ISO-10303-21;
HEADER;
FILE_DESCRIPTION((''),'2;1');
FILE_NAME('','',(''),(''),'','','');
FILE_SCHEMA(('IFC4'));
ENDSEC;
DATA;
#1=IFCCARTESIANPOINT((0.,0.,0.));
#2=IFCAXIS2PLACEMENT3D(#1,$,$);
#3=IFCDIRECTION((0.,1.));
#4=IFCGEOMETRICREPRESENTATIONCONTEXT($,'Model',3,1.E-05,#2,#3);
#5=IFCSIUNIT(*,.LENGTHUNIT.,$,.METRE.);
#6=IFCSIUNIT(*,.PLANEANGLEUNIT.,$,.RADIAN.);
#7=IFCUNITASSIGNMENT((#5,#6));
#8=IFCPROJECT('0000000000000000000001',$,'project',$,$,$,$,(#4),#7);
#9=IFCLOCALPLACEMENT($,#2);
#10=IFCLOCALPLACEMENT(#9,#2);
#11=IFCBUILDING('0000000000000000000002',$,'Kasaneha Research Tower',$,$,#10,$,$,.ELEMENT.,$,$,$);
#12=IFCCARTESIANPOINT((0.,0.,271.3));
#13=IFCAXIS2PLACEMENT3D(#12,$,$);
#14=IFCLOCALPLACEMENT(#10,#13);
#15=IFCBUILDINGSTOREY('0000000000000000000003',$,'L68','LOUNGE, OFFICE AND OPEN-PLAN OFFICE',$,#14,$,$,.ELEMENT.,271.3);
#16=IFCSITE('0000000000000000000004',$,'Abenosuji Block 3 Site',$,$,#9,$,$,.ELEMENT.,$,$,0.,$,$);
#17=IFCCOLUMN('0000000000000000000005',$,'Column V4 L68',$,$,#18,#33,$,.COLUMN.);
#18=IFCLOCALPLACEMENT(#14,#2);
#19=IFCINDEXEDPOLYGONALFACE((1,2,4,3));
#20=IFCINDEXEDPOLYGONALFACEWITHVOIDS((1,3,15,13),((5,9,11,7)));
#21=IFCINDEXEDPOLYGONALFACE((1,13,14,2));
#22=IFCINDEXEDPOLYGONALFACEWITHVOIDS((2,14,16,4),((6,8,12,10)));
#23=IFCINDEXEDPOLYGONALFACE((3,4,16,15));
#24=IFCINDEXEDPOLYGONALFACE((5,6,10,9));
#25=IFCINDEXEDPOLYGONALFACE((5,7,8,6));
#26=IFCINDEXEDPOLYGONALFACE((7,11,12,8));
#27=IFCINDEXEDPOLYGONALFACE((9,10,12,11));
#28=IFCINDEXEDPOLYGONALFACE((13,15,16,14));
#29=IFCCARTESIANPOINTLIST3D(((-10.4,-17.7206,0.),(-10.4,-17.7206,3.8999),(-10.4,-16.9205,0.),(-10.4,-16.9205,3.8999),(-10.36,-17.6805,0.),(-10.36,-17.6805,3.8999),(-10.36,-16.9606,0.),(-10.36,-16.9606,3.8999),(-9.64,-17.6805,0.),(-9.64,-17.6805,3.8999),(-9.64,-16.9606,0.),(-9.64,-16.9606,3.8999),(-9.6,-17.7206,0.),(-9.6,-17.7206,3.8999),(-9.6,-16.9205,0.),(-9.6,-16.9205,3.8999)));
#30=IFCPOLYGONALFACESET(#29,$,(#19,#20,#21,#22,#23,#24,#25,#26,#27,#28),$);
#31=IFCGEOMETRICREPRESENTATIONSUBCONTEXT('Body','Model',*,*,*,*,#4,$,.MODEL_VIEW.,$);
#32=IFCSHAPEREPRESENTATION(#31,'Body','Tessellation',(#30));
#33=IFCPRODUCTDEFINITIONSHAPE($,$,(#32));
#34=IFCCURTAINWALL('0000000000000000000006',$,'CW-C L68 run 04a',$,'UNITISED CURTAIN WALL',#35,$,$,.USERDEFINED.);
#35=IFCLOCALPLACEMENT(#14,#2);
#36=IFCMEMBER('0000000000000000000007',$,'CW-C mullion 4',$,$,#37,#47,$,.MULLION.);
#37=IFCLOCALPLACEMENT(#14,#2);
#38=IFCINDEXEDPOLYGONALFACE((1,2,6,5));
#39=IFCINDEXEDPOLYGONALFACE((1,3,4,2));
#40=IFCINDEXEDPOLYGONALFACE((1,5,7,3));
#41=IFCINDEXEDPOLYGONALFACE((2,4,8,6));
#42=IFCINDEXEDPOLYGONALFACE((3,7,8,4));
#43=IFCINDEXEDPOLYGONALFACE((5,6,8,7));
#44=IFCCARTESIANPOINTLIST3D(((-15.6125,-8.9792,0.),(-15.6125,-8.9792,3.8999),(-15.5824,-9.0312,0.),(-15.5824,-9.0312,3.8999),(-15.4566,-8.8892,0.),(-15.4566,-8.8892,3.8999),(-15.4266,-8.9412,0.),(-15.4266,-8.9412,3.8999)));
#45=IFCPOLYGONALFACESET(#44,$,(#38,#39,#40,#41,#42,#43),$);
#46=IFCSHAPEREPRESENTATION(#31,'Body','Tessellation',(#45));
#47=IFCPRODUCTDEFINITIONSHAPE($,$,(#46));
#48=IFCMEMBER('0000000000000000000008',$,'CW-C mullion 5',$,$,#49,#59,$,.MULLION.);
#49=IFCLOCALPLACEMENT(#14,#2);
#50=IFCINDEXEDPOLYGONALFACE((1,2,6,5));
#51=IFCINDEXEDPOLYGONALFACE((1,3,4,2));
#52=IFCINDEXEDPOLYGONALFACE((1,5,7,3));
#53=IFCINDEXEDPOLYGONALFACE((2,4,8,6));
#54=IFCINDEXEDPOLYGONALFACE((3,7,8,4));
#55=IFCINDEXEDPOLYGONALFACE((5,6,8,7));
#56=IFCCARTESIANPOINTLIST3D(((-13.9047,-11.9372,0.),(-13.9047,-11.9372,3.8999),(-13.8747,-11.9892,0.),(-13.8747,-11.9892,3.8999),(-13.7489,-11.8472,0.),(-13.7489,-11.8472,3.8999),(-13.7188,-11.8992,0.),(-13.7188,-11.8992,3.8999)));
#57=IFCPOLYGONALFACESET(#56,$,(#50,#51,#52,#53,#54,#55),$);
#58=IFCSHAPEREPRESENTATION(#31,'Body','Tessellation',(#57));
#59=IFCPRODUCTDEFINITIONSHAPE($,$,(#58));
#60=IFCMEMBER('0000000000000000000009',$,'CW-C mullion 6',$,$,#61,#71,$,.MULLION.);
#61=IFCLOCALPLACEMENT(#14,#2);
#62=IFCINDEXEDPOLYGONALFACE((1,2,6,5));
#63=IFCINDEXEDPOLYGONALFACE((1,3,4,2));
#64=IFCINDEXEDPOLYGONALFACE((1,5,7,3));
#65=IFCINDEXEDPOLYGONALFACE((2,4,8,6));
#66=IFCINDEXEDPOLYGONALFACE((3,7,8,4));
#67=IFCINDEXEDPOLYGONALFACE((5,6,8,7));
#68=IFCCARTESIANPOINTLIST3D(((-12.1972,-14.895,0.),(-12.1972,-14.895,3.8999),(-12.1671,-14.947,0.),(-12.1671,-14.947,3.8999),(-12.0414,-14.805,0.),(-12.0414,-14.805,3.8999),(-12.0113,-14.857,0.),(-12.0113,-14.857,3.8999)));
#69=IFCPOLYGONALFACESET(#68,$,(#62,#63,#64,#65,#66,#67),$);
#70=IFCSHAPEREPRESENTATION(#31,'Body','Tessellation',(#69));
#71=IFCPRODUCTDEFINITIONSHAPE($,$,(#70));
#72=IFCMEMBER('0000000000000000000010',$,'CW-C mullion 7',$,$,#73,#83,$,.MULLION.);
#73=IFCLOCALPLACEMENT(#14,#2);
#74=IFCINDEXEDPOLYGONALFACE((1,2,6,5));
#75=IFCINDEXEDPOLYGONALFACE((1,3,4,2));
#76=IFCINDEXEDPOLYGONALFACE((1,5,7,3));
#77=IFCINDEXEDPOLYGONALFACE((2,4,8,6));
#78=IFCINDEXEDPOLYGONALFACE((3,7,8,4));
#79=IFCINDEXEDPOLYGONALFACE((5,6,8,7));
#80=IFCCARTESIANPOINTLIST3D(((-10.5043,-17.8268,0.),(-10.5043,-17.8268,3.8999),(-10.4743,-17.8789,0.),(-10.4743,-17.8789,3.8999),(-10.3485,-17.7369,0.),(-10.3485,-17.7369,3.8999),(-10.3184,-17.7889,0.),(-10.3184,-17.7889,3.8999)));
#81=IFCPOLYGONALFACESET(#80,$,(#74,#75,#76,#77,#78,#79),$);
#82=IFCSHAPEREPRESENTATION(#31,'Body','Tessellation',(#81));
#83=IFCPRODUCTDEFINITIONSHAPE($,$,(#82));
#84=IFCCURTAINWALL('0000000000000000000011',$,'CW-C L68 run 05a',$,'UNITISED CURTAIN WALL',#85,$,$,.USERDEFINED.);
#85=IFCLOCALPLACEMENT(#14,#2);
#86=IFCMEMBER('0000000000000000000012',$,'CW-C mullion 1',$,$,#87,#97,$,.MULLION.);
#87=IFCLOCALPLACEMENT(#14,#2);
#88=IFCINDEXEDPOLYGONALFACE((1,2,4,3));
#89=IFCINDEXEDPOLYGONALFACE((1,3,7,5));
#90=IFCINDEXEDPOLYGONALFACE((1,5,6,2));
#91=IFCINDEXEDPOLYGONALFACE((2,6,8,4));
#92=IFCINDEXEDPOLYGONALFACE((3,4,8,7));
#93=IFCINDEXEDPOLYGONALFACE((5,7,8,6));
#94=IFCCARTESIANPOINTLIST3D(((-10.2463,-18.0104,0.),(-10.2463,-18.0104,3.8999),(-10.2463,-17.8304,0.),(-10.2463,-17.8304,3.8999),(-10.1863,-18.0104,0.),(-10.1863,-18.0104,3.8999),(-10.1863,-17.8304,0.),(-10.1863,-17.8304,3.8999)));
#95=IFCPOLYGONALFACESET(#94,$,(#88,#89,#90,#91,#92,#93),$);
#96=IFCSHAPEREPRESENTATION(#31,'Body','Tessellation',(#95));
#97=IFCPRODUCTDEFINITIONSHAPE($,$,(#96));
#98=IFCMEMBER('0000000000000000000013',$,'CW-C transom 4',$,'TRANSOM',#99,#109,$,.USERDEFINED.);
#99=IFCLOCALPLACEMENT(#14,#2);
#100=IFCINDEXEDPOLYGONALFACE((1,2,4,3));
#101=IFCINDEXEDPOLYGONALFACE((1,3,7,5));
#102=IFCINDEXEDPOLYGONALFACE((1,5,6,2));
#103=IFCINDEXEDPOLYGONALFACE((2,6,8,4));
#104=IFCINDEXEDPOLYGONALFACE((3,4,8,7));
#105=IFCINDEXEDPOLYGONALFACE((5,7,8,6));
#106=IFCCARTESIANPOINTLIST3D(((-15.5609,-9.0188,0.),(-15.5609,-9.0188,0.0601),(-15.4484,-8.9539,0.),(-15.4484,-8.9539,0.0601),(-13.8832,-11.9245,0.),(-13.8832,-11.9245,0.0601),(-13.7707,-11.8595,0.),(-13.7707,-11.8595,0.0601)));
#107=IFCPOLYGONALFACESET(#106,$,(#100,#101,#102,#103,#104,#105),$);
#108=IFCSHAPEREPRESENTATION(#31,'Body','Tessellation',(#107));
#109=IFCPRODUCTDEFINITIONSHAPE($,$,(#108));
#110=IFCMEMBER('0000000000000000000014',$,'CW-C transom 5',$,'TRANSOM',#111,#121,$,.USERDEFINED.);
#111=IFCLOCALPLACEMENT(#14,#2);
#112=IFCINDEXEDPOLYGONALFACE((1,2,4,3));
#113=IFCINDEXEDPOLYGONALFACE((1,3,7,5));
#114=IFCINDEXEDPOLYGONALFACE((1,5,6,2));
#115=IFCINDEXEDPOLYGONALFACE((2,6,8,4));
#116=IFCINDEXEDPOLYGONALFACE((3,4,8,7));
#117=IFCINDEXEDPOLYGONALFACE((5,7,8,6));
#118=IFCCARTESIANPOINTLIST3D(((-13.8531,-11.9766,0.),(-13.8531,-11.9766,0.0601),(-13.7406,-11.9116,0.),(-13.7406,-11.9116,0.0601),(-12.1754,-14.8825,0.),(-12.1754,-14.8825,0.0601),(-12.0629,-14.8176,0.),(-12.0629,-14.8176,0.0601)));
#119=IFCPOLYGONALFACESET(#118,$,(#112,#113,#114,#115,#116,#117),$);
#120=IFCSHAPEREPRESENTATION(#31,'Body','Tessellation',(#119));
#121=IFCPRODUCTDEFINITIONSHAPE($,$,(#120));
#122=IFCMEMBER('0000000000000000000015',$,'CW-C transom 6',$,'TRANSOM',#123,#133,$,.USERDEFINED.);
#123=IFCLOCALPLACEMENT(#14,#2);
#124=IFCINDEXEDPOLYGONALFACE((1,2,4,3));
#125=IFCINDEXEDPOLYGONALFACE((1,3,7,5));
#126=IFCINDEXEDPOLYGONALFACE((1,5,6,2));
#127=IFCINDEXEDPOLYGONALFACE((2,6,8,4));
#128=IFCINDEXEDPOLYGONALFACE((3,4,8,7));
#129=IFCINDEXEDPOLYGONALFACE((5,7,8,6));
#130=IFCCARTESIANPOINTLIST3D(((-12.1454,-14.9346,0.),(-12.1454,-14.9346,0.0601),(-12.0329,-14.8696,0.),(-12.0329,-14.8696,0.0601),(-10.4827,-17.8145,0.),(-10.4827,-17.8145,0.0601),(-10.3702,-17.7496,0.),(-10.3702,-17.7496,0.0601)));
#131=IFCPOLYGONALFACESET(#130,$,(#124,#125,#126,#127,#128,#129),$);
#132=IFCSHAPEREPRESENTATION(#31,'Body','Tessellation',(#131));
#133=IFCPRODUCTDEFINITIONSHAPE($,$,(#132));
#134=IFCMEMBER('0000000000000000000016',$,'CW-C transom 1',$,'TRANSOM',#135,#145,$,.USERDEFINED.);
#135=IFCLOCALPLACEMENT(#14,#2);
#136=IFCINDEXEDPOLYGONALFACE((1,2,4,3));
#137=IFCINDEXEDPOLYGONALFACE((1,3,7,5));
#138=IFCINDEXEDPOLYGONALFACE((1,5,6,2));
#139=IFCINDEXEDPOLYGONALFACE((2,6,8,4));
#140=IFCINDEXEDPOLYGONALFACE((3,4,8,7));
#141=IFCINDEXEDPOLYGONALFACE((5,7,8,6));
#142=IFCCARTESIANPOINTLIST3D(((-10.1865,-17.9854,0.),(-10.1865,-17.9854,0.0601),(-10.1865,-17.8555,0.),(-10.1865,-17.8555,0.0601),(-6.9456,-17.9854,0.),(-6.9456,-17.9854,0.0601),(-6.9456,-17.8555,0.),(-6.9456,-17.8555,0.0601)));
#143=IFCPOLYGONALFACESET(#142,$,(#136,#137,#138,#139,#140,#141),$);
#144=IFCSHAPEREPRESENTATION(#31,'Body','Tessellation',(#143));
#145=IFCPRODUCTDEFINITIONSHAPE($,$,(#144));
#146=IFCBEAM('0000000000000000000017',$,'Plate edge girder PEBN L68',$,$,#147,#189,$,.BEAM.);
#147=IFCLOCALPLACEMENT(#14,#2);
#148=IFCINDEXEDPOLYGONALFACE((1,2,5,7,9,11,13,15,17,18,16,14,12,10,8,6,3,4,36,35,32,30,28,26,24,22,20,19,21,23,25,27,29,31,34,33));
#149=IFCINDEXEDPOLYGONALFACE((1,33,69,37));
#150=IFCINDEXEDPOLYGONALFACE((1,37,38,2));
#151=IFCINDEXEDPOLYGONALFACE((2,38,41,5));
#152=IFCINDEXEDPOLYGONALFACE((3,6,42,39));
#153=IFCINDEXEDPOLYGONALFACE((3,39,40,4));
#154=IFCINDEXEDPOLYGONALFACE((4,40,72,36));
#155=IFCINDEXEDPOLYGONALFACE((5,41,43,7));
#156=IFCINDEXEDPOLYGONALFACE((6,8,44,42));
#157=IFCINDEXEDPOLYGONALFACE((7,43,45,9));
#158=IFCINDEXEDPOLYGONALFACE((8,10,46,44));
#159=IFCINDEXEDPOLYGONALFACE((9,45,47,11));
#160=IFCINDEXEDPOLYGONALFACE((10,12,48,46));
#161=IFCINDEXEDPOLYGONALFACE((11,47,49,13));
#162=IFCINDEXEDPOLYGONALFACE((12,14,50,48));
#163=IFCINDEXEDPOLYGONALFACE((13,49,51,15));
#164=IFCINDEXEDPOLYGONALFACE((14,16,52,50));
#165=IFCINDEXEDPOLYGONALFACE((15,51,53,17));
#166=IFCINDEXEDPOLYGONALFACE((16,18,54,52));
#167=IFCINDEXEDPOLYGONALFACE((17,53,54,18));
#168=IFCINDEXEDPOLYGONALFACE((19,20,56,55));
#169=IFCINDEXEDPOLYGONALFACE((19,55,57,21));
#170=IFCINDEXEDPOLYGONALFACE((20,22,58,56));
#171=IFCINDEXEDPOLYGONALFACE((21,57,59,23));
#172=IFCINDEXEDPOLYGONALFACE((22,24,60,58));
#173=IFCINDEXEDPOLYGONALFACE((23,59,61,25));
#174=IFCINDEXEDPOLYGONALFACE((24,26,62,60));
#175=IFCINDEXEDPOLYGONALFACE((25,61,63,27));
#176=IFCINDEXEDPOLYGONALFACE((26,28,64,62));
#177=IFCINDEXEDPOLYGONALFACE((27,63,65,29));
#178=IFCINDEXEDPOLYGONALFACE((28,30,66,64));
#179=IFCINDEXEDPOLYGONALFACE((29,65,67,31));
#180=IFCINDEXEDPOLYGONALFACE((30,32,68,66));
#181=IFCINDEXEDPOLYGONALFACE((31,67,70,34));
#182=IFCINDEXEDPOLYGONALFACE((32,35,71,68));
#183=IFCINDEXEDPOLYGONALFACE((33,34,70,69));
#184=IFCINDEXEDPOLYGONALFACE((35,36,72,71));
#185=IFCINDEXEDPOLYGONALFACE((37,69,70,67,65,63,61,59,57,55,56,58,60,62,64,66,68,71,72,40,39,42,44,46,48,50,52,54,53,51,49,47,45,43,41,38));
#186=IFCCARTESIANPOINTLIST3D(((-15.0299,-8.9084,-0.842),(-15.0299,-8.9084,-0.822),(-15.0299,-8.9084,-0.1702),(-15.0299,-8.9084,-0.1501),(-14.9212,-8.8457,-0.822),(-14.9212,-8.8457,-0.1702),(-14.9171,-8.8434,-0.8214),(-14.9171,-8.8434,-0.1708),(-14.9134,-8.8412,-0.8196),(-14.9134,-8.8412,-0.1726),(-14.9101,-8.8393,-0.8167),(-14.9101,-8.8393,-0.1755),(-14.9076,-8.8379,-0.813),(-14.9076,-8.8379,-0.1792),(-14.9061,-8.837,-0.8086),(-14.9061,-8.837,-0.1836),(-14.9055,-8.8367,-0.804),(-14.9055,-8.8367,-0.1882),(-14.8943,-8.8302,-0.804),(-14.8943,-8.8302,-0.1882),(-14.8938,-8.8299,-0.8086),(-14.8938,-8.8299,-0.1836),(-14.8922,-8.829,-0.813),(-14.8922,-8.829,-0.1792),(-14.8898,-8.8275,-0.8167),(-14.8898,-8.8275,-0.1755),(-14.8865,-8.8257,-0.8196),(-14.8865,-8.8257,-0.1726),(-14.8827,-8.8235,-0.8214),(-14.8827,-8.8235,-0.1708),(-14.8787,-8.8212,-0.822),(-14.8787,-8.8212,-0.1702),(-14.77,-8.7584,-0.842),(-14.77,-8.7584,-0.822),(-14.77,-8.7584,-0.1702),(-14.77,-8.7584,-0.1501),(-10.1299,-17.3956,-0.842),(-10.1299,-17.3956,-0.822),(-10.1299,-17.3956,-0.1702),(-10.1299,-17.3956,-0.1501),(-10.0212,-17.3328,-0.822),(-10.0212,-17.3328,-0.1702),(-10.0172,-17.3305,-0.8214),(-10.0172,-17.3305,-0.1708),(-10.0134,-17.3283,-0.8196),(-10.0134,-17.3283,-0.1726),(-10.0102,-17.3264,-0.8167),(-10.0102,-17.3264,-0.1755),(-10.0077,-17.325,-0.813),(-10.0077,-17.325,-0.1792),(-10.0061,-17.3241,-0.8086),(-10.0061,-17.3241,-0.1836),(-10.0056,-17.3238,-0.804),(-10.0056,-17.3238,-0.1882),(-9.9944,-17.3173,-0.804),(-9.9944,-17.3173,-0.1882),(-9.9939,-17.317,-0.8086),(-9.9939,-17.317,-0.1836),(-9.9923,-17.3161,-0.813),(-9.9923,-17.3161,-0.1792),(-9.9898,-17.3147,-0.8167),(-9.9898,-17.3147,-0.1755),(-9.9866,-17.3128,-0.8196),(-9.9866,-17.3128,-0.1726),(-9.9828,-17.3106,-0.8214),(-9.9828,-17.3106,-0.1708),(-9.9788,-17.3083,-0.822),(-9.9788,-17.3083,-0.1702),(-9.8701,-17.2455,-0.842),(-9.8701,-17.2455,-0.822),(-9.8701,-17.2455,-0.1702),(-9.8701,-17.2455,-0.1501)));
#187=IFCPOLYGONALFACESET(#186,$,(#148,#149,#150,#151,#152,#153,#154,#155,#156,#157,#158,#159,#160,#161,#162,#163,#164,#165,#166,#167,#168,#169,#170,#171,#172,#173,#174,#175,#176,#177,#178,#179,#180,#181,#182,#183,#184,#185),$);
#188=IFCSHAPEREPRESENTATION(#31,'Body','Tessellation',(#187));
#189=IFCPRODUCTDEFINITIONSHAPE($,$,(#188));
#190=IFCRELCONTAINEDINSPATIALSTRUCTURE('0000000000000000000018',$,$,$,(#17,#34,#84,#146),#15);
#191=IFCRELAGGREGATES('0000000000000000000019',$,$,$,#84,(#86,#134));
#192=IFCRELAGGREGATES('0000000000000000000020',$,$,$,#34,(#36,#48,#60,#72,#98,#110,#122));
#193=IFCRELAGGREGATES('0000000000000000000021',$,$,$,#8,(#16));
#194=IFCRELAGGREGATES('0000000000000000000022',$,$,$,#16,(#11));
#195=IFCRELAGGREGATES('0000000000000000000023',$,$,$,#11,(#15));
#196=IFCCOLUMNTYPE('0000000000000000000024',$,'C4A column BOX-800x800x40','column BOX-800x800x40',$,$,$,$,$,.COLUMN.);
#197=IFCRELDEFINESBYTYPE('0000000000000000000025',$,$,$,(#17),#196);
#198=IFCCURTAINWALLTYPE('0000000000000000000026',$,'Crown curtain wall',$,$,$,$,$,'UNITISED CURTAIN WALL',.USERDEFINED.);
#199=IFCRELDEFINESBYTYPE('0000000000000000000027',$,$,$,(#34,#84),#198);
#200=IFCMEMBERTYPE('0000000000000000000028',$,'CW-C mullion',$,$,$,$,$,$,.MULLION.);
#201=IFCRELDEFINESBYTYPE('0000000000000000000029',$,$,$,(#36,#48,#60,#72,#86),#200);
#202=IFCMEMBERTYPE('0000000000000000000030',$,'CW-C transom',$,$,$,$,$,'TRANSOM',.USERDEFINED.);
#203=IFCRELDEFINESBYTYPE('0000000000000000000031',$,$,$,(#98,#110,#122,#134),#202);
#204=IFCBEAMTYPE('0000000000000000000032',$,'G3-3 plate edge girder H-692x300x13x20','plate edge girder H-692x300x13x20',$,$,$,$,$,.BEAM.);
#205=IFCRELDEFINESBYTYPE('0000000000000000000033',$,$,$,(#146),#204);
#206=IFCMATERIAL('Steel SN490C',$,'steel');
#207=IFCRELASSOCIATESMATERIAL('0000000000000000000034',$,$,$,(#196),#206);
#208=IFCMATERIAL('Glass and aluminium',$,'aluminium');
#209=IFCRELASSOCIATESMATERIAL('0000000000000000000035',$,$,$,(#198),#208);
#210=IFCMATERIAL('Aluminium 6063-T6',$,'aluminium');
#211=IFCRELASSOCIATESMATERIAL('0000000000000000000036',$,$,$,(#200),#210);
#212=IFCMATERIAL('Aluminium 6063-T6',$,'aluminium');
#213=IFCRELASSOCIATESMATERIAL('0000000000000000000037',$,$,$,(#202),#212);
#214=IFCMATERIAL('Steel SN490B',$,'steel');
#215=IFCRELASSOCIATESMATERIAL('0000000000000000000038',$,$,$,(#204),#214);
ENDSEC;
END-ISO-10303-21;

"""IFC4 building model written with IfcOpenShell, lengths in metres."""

from ifc_helpers import new_model, si_unit, direction, frame, origin, origin_2d, place, context, subcontext, project, spatial, rectangle, hollow_rectangle, i_section, extrude, material, material_profile, profile_set, type_object, element, aggregate, save


model = new_model("IFC4")

# Units and contexts
model_context = context("Model", 3, precision=1e-05, world=origin(), true_north=direction((0.0, 1.0)))
body_context = subcontext(model_context, "Body", "Model", "MODEL_VIEW")
ifc_project = project(units=[si_unit("LENGTHUNIT", "METRE"), si_unit("PLANEANGLEUNIT", "RADIAN")], contexts=[model_context])

# Site, building, storey
site_placement = place(None, origin())
site = spatial("IfcSite", under=ifc_project, at=site_placement, Name="Abenosuji Block 3 Site", CompositionType="ELEMENT", RefElevation=0.0)
building_placement = place(site_placement, origin())
building = spatial("IfcBuilding", under=site, at=building_placement, Name="Kasaneha Research Tower", CompositionType="ELEMENT")
storey_placement = place(building_placement, frame((0.0, 0.0, 271.3)))
storey = spatial("IfcBuildingStorey", under=building, at=storey_placement, Name="L68", Description="LOUNGE, OFFICE AND OPEN-PLAN OFFICE", CompositionType="ELEMENT", Elevation=271.3)

# Column
ifc_material_1 = material(Name="Steel SN490C", Category="steel")
ifc_material_profile_1 = material_profile(ifc_material_1, hollow_rectangle(XDim=0.8, YDim=0.8, WallThickness=0.04, at=origin_2d()), Name="BOX-800x800x40")
ifc_profile_set_1 = profile_set([ifc_material_profile_1], Name="Steel SN490C")
column_type = type_object("IfcColumnType", Name="C4A column BOX-800x800x40", Description="column BOX-800x800x40", PredefinedType="COLUMN", material=ifc_profile_set_1)
column_placement = place(storey_placement, frame((-10.0, -17.3206, 0.0), z_axis=(0.0, 0.0, 1.0), x_axis=(1.0, 0.0, 0.0)))
element("IfcColumn", 1, at=column_placement, inside=storey, type_object=column_type, Name="Column V4 L68", PredefinedType="COLUMN", context=body_context, shape_type="SweptSolid", body=[
    extrude(hollow_rectangle(XDim=0.8, YDim=0.8, WallThickness=0.04, at=origin_2d()), origin(), (0.0, 0.0, 1.0), 3.8999),
])

# Curtain wall, members
ifc_material_2 = material(Name="Glass and aluminium", Category="aluminium")
curtain_wall_type = type_object("IfcCurtainWallType", Name="Crown curtain wall", ElementType="UNITISED CURTAIN WALL", PredefinedType="USERDEFINED", material=ifc_material_2)
curtain_wall_1_placement = place(storey_placement, origin())
curtain_wall_1 = element("IfcCurtainWall", 2, at=curtain_wall_1_placement, inside=storey, type_object=curtain_wall_type, Name="CW-C L68 run 04a", ObjectType="UNITISED CURTAIN WALL", PredefinedType="USERDEFINED")
ifc_material_3 = material(Name="Aluminium 6063-T6", Category="aluminium")
ifc_material_profile_2 = material_profile(ifc_material_3, rectangle(XDim=0.0601, YDim=0.1799, at=origin_2d()), Name="CW-C mullion 60x180")
ifc_profile_set_2 = profile_set([ifc_material_profile_2], Name="Aluminium 6063-T6")
member_type_1 = type_object("IfcMemberType", Name="CW-C mullion", PredefinedType="MULLION", material=ifc_profile_set_2)
member_1_placement = place(storey_placement, frame((-15.5195, -8.9602, 0.0), z_axis=(0.0, 0.0, 1.0), x_axis=(0.5, -0.866025, 0.0)))
member_1 = element("IfcMember", 3, at=member_1_placement, type_object=member_type_1, Name="CW-C mullion 4", PredefinedType="MULLION", context=body_context, shape_type="SweptSolid", body=[
    extrude(rectangle(XDim=0.0601, YDim=0.1799, at=origin_2d()), origin(), (0.0, 0.0, 1.0), 3.8999),
])
member_2_placement = place(storey_placement, frame((-13.8118, -11.9182, 0.0), z_axis=(0.0, 0.0, 1.0), x_axis=(0.5, -0.866025, 0.0)))
member_2 = element("IfcMember", 4, at=member_2_placement, type_object=member_type_1, Name="CW-C mullion 5", PredefinedType="MULLION", context=body_context, shape_type="SweptSolid", body=[
    extrude(rectangle(XDim=0.0601, YDim=0.1799, at=origin_2d()), origin(), (0.0, 0.0, 1.0), 3.8999),
])
member_3_placement = place(storey_placement, frame((-12.1042, -14.876, 0.0), z_axis=(0.0, 0.0, 1.0), x_axis=(0.5, -0.866025, 0.0)))
member_3 = element("IfcMember", 5, at=member_3_placement, type_object=member_type_1, Name="CW-C mullion 6", PredefinedType="MULLION", context=body_context, shape_type="SweptSolid", body=[
    extrude(rectangle(XDim=0.0601, YDim=0.1799, at=origin_2d()), origin(), (0.0, 0.0, 1.0), 3.8999),
])
member_4_placement = place(storey_placement, frame((-10.4114, -17.8079, 0.0), z_axis=(0.0, 0.0, 1.0), x_axis=(0.5, -0.866025, 0.0)))
member_4 = element("IfcMember", 6, at=member_4_placement, type_object=member_type_1, Name="CW-C mullion 7", PredefinedType="MULLION", context=body_context, shape_type="SweptSolid", body=[
    extrude(rectangle(XDim=0.0601, YDim=0.1799, at=origin_2d()), origin(), (0.0, 0.0, 1.0), 3.8999),
])

# Curtain wall, member
curtain_wall_2_placement = place(storey_placement, origin())
curtain_wall_2 = element("IfcCurtainWall", 7, at=curtain_wall_2_placement, inside=storey, type_object=curtain_wall_type, Name="CW-C L68 run 05a", ObjectType="UNITISED CURTAIN WALL", PredefinedType="USERDEFINED")
member_5_placement = place(storey_placement, frame((-10.2163, -17.9204, 0.0), z_axis=(0.0, 0.0, 1.0), x_axis=(1.0, 0.0, 0.0)))
member_5 = element("IfcMember", 8, at=member_5_placement, type_object=member_type_1, Name="CW-C mullion 1", PredefinedType="MULLION", context=body_context, shape_type="SweptSolid", body=[
    extrude(rectangle(XDim=0.0601, YDim=0.1799, at=origin_2d()), origin(), (0.0, 0.0, 1.0), 3.8999),
])

# Members
ifc_material_4 = material(Name="Aluminium 6063-T6", Category="aluminium")
ifc_material_profile_3 = material_profile(ifc_material_4, rectangle(XDim=0.1299, YDim=0.0601, at=origin_2d()), Name="CW-C transom 130x60")
ifc_profile_set_3 = profile_set([ifc_material_profile_3], Name="Aluminium 6063-T6")
member_type_2 = type_object("IfcMemberType", Name="CW-C transom", ElementType="TRANSOM", PredefinedType="USERDEFINED", material=ifc_profile_set_3)
member_6_placement = place(storey_placement, frame((-15.5046, -8.9863, 0.03), z_axis=(0.500021, -0.866014, 0.0), x_axis=(0.866014, 0.500021, 0.0)))
member_6 = element("IfcMember", 9, at=member_6_placement, type_object=member_type_2, Name="CW-C transom 4", ObjectType="TRANSOM", PredefinedType="USERDEFINED", context=body_context, shape_type="SweptSolid", body=[
    extrude(rectangle(XDim=0.1299, YDim=0.0601, at=origin_2d()), origin(), (0.0, 0.0, 1.0), 3.3552),
])
member_7_placement = place(storey_placement, frame((-13.7969, -11.9441, 0.03), z_axis=(0.499989, -0.866032, 0.0), x_axis=(0.866032, 0.499989, 0.0)))
member_7 = element("IfcMember", 10, at=member_7_placement, type_object=member_type_2, Name="CW-C transom 5", ObjectType="TRANSOM", PredefinedType="USERDEFINED", context=body_context, shape_type="SweptSolid", body=[
    extrude(rectangle(XDim=0.1299, YDim=0.0601, at=origin_2d()), origin(), (0.0, 0.0, 1.0), 3.3555),
])
member_8_placement = place(storey_placement, frame((-12.0891, -14.9021, 0.03), z_axis=(0.499977, -0.866039, 0.0), x_axis=(0.866039, 0.499977, 0.0)))
member_8 = element("IfcMember", 11, at=member_8_placement, type_object=member_type_2, Name="CW-C transom 6", ObjectType="TRANSOM", PredefinedType="USERDEFINED", context=body_context, shape_type="SweptSolid", body=[
    extrude(rectangle(XDim=0.1299, YDim=0.0601, at=origin_2d()), origin(), (0.0, 0.0, 1.0), 3.3254),
])
member_9_placement = place(storey_placement, frame((-10.1865, -17.9204, 0.03), z_axis=(1.0, 0.0, 0.0), x_axis=(0.0, 1.0, 0.0)))
member_9 = element("IfcMember", 12, at=member_9_placement, type_object=member_type_2, Name="CW-C transom 1", ObjectType="TRANSOM", PredefinedType="USERDEFINED", context=body_context, shape_type="SweptSolid", body=[
    extrude(rectangle(XDim=0.1299, YDim=0.0601, at=origin_2d()), origin(), (0.0, 0.0, 1.0), 3.241),
])
aggregate(curtain_wall_2, [member_5, member_9])

# Beam
ifc_material_5 = material(Name="Steel SN490B", Category="steel")
ifc_material_profile_4 = material_profile(ifc_material_5, i_section(OverallWidth=0.3, OverallDepth=0.6919, WebThickness=0.0129, FlangeThickness=0.02, FilletRadius=0.0181, at=origin_2d()), Name="H-692x300x13x20")
ifc_profile_set_4 = profile_set([ifc_material_profile_4], Name="Steel SN490B")
beam_type_1 = type_object("IfcBeamType", Name="G3-3 plate edge girder H-692x300x13x20", Description="plate edge girder H-692x300x13x20", PredefinedType="BEAM", material=ifc_profile_set_4)
beam_1_placement = place(storey_placement, frame((-10.0, -17.3206, -0.4961), z_axis=(-0.499992, 0.86603, 0.0), x_axis=(-0.86603, -0.499992, 0.0)))
element("IfcBeam", 13, at=beam_1_placement, inside=storey, type_object=beam_type_1, Name="Plate edge girder PEBN L68", PredefinedType="BEAM", context=body_context, shape_type="SweptSolid", body=[
    extrude(i_section(OverallWidth=0.3, OverallDepth=0.6919, WebThickness=0.0129, FlangeThickness=0.02, FilletRadius=0.0181, at=origin_2d()), origin(), (0.0, 0.0, 1.0), 9.8),
])

aggregate(curtain_wall_1, [member_1, member_2, member_3, member_4, member_6, member_7, member_8])

save(model, "model.ifc")
